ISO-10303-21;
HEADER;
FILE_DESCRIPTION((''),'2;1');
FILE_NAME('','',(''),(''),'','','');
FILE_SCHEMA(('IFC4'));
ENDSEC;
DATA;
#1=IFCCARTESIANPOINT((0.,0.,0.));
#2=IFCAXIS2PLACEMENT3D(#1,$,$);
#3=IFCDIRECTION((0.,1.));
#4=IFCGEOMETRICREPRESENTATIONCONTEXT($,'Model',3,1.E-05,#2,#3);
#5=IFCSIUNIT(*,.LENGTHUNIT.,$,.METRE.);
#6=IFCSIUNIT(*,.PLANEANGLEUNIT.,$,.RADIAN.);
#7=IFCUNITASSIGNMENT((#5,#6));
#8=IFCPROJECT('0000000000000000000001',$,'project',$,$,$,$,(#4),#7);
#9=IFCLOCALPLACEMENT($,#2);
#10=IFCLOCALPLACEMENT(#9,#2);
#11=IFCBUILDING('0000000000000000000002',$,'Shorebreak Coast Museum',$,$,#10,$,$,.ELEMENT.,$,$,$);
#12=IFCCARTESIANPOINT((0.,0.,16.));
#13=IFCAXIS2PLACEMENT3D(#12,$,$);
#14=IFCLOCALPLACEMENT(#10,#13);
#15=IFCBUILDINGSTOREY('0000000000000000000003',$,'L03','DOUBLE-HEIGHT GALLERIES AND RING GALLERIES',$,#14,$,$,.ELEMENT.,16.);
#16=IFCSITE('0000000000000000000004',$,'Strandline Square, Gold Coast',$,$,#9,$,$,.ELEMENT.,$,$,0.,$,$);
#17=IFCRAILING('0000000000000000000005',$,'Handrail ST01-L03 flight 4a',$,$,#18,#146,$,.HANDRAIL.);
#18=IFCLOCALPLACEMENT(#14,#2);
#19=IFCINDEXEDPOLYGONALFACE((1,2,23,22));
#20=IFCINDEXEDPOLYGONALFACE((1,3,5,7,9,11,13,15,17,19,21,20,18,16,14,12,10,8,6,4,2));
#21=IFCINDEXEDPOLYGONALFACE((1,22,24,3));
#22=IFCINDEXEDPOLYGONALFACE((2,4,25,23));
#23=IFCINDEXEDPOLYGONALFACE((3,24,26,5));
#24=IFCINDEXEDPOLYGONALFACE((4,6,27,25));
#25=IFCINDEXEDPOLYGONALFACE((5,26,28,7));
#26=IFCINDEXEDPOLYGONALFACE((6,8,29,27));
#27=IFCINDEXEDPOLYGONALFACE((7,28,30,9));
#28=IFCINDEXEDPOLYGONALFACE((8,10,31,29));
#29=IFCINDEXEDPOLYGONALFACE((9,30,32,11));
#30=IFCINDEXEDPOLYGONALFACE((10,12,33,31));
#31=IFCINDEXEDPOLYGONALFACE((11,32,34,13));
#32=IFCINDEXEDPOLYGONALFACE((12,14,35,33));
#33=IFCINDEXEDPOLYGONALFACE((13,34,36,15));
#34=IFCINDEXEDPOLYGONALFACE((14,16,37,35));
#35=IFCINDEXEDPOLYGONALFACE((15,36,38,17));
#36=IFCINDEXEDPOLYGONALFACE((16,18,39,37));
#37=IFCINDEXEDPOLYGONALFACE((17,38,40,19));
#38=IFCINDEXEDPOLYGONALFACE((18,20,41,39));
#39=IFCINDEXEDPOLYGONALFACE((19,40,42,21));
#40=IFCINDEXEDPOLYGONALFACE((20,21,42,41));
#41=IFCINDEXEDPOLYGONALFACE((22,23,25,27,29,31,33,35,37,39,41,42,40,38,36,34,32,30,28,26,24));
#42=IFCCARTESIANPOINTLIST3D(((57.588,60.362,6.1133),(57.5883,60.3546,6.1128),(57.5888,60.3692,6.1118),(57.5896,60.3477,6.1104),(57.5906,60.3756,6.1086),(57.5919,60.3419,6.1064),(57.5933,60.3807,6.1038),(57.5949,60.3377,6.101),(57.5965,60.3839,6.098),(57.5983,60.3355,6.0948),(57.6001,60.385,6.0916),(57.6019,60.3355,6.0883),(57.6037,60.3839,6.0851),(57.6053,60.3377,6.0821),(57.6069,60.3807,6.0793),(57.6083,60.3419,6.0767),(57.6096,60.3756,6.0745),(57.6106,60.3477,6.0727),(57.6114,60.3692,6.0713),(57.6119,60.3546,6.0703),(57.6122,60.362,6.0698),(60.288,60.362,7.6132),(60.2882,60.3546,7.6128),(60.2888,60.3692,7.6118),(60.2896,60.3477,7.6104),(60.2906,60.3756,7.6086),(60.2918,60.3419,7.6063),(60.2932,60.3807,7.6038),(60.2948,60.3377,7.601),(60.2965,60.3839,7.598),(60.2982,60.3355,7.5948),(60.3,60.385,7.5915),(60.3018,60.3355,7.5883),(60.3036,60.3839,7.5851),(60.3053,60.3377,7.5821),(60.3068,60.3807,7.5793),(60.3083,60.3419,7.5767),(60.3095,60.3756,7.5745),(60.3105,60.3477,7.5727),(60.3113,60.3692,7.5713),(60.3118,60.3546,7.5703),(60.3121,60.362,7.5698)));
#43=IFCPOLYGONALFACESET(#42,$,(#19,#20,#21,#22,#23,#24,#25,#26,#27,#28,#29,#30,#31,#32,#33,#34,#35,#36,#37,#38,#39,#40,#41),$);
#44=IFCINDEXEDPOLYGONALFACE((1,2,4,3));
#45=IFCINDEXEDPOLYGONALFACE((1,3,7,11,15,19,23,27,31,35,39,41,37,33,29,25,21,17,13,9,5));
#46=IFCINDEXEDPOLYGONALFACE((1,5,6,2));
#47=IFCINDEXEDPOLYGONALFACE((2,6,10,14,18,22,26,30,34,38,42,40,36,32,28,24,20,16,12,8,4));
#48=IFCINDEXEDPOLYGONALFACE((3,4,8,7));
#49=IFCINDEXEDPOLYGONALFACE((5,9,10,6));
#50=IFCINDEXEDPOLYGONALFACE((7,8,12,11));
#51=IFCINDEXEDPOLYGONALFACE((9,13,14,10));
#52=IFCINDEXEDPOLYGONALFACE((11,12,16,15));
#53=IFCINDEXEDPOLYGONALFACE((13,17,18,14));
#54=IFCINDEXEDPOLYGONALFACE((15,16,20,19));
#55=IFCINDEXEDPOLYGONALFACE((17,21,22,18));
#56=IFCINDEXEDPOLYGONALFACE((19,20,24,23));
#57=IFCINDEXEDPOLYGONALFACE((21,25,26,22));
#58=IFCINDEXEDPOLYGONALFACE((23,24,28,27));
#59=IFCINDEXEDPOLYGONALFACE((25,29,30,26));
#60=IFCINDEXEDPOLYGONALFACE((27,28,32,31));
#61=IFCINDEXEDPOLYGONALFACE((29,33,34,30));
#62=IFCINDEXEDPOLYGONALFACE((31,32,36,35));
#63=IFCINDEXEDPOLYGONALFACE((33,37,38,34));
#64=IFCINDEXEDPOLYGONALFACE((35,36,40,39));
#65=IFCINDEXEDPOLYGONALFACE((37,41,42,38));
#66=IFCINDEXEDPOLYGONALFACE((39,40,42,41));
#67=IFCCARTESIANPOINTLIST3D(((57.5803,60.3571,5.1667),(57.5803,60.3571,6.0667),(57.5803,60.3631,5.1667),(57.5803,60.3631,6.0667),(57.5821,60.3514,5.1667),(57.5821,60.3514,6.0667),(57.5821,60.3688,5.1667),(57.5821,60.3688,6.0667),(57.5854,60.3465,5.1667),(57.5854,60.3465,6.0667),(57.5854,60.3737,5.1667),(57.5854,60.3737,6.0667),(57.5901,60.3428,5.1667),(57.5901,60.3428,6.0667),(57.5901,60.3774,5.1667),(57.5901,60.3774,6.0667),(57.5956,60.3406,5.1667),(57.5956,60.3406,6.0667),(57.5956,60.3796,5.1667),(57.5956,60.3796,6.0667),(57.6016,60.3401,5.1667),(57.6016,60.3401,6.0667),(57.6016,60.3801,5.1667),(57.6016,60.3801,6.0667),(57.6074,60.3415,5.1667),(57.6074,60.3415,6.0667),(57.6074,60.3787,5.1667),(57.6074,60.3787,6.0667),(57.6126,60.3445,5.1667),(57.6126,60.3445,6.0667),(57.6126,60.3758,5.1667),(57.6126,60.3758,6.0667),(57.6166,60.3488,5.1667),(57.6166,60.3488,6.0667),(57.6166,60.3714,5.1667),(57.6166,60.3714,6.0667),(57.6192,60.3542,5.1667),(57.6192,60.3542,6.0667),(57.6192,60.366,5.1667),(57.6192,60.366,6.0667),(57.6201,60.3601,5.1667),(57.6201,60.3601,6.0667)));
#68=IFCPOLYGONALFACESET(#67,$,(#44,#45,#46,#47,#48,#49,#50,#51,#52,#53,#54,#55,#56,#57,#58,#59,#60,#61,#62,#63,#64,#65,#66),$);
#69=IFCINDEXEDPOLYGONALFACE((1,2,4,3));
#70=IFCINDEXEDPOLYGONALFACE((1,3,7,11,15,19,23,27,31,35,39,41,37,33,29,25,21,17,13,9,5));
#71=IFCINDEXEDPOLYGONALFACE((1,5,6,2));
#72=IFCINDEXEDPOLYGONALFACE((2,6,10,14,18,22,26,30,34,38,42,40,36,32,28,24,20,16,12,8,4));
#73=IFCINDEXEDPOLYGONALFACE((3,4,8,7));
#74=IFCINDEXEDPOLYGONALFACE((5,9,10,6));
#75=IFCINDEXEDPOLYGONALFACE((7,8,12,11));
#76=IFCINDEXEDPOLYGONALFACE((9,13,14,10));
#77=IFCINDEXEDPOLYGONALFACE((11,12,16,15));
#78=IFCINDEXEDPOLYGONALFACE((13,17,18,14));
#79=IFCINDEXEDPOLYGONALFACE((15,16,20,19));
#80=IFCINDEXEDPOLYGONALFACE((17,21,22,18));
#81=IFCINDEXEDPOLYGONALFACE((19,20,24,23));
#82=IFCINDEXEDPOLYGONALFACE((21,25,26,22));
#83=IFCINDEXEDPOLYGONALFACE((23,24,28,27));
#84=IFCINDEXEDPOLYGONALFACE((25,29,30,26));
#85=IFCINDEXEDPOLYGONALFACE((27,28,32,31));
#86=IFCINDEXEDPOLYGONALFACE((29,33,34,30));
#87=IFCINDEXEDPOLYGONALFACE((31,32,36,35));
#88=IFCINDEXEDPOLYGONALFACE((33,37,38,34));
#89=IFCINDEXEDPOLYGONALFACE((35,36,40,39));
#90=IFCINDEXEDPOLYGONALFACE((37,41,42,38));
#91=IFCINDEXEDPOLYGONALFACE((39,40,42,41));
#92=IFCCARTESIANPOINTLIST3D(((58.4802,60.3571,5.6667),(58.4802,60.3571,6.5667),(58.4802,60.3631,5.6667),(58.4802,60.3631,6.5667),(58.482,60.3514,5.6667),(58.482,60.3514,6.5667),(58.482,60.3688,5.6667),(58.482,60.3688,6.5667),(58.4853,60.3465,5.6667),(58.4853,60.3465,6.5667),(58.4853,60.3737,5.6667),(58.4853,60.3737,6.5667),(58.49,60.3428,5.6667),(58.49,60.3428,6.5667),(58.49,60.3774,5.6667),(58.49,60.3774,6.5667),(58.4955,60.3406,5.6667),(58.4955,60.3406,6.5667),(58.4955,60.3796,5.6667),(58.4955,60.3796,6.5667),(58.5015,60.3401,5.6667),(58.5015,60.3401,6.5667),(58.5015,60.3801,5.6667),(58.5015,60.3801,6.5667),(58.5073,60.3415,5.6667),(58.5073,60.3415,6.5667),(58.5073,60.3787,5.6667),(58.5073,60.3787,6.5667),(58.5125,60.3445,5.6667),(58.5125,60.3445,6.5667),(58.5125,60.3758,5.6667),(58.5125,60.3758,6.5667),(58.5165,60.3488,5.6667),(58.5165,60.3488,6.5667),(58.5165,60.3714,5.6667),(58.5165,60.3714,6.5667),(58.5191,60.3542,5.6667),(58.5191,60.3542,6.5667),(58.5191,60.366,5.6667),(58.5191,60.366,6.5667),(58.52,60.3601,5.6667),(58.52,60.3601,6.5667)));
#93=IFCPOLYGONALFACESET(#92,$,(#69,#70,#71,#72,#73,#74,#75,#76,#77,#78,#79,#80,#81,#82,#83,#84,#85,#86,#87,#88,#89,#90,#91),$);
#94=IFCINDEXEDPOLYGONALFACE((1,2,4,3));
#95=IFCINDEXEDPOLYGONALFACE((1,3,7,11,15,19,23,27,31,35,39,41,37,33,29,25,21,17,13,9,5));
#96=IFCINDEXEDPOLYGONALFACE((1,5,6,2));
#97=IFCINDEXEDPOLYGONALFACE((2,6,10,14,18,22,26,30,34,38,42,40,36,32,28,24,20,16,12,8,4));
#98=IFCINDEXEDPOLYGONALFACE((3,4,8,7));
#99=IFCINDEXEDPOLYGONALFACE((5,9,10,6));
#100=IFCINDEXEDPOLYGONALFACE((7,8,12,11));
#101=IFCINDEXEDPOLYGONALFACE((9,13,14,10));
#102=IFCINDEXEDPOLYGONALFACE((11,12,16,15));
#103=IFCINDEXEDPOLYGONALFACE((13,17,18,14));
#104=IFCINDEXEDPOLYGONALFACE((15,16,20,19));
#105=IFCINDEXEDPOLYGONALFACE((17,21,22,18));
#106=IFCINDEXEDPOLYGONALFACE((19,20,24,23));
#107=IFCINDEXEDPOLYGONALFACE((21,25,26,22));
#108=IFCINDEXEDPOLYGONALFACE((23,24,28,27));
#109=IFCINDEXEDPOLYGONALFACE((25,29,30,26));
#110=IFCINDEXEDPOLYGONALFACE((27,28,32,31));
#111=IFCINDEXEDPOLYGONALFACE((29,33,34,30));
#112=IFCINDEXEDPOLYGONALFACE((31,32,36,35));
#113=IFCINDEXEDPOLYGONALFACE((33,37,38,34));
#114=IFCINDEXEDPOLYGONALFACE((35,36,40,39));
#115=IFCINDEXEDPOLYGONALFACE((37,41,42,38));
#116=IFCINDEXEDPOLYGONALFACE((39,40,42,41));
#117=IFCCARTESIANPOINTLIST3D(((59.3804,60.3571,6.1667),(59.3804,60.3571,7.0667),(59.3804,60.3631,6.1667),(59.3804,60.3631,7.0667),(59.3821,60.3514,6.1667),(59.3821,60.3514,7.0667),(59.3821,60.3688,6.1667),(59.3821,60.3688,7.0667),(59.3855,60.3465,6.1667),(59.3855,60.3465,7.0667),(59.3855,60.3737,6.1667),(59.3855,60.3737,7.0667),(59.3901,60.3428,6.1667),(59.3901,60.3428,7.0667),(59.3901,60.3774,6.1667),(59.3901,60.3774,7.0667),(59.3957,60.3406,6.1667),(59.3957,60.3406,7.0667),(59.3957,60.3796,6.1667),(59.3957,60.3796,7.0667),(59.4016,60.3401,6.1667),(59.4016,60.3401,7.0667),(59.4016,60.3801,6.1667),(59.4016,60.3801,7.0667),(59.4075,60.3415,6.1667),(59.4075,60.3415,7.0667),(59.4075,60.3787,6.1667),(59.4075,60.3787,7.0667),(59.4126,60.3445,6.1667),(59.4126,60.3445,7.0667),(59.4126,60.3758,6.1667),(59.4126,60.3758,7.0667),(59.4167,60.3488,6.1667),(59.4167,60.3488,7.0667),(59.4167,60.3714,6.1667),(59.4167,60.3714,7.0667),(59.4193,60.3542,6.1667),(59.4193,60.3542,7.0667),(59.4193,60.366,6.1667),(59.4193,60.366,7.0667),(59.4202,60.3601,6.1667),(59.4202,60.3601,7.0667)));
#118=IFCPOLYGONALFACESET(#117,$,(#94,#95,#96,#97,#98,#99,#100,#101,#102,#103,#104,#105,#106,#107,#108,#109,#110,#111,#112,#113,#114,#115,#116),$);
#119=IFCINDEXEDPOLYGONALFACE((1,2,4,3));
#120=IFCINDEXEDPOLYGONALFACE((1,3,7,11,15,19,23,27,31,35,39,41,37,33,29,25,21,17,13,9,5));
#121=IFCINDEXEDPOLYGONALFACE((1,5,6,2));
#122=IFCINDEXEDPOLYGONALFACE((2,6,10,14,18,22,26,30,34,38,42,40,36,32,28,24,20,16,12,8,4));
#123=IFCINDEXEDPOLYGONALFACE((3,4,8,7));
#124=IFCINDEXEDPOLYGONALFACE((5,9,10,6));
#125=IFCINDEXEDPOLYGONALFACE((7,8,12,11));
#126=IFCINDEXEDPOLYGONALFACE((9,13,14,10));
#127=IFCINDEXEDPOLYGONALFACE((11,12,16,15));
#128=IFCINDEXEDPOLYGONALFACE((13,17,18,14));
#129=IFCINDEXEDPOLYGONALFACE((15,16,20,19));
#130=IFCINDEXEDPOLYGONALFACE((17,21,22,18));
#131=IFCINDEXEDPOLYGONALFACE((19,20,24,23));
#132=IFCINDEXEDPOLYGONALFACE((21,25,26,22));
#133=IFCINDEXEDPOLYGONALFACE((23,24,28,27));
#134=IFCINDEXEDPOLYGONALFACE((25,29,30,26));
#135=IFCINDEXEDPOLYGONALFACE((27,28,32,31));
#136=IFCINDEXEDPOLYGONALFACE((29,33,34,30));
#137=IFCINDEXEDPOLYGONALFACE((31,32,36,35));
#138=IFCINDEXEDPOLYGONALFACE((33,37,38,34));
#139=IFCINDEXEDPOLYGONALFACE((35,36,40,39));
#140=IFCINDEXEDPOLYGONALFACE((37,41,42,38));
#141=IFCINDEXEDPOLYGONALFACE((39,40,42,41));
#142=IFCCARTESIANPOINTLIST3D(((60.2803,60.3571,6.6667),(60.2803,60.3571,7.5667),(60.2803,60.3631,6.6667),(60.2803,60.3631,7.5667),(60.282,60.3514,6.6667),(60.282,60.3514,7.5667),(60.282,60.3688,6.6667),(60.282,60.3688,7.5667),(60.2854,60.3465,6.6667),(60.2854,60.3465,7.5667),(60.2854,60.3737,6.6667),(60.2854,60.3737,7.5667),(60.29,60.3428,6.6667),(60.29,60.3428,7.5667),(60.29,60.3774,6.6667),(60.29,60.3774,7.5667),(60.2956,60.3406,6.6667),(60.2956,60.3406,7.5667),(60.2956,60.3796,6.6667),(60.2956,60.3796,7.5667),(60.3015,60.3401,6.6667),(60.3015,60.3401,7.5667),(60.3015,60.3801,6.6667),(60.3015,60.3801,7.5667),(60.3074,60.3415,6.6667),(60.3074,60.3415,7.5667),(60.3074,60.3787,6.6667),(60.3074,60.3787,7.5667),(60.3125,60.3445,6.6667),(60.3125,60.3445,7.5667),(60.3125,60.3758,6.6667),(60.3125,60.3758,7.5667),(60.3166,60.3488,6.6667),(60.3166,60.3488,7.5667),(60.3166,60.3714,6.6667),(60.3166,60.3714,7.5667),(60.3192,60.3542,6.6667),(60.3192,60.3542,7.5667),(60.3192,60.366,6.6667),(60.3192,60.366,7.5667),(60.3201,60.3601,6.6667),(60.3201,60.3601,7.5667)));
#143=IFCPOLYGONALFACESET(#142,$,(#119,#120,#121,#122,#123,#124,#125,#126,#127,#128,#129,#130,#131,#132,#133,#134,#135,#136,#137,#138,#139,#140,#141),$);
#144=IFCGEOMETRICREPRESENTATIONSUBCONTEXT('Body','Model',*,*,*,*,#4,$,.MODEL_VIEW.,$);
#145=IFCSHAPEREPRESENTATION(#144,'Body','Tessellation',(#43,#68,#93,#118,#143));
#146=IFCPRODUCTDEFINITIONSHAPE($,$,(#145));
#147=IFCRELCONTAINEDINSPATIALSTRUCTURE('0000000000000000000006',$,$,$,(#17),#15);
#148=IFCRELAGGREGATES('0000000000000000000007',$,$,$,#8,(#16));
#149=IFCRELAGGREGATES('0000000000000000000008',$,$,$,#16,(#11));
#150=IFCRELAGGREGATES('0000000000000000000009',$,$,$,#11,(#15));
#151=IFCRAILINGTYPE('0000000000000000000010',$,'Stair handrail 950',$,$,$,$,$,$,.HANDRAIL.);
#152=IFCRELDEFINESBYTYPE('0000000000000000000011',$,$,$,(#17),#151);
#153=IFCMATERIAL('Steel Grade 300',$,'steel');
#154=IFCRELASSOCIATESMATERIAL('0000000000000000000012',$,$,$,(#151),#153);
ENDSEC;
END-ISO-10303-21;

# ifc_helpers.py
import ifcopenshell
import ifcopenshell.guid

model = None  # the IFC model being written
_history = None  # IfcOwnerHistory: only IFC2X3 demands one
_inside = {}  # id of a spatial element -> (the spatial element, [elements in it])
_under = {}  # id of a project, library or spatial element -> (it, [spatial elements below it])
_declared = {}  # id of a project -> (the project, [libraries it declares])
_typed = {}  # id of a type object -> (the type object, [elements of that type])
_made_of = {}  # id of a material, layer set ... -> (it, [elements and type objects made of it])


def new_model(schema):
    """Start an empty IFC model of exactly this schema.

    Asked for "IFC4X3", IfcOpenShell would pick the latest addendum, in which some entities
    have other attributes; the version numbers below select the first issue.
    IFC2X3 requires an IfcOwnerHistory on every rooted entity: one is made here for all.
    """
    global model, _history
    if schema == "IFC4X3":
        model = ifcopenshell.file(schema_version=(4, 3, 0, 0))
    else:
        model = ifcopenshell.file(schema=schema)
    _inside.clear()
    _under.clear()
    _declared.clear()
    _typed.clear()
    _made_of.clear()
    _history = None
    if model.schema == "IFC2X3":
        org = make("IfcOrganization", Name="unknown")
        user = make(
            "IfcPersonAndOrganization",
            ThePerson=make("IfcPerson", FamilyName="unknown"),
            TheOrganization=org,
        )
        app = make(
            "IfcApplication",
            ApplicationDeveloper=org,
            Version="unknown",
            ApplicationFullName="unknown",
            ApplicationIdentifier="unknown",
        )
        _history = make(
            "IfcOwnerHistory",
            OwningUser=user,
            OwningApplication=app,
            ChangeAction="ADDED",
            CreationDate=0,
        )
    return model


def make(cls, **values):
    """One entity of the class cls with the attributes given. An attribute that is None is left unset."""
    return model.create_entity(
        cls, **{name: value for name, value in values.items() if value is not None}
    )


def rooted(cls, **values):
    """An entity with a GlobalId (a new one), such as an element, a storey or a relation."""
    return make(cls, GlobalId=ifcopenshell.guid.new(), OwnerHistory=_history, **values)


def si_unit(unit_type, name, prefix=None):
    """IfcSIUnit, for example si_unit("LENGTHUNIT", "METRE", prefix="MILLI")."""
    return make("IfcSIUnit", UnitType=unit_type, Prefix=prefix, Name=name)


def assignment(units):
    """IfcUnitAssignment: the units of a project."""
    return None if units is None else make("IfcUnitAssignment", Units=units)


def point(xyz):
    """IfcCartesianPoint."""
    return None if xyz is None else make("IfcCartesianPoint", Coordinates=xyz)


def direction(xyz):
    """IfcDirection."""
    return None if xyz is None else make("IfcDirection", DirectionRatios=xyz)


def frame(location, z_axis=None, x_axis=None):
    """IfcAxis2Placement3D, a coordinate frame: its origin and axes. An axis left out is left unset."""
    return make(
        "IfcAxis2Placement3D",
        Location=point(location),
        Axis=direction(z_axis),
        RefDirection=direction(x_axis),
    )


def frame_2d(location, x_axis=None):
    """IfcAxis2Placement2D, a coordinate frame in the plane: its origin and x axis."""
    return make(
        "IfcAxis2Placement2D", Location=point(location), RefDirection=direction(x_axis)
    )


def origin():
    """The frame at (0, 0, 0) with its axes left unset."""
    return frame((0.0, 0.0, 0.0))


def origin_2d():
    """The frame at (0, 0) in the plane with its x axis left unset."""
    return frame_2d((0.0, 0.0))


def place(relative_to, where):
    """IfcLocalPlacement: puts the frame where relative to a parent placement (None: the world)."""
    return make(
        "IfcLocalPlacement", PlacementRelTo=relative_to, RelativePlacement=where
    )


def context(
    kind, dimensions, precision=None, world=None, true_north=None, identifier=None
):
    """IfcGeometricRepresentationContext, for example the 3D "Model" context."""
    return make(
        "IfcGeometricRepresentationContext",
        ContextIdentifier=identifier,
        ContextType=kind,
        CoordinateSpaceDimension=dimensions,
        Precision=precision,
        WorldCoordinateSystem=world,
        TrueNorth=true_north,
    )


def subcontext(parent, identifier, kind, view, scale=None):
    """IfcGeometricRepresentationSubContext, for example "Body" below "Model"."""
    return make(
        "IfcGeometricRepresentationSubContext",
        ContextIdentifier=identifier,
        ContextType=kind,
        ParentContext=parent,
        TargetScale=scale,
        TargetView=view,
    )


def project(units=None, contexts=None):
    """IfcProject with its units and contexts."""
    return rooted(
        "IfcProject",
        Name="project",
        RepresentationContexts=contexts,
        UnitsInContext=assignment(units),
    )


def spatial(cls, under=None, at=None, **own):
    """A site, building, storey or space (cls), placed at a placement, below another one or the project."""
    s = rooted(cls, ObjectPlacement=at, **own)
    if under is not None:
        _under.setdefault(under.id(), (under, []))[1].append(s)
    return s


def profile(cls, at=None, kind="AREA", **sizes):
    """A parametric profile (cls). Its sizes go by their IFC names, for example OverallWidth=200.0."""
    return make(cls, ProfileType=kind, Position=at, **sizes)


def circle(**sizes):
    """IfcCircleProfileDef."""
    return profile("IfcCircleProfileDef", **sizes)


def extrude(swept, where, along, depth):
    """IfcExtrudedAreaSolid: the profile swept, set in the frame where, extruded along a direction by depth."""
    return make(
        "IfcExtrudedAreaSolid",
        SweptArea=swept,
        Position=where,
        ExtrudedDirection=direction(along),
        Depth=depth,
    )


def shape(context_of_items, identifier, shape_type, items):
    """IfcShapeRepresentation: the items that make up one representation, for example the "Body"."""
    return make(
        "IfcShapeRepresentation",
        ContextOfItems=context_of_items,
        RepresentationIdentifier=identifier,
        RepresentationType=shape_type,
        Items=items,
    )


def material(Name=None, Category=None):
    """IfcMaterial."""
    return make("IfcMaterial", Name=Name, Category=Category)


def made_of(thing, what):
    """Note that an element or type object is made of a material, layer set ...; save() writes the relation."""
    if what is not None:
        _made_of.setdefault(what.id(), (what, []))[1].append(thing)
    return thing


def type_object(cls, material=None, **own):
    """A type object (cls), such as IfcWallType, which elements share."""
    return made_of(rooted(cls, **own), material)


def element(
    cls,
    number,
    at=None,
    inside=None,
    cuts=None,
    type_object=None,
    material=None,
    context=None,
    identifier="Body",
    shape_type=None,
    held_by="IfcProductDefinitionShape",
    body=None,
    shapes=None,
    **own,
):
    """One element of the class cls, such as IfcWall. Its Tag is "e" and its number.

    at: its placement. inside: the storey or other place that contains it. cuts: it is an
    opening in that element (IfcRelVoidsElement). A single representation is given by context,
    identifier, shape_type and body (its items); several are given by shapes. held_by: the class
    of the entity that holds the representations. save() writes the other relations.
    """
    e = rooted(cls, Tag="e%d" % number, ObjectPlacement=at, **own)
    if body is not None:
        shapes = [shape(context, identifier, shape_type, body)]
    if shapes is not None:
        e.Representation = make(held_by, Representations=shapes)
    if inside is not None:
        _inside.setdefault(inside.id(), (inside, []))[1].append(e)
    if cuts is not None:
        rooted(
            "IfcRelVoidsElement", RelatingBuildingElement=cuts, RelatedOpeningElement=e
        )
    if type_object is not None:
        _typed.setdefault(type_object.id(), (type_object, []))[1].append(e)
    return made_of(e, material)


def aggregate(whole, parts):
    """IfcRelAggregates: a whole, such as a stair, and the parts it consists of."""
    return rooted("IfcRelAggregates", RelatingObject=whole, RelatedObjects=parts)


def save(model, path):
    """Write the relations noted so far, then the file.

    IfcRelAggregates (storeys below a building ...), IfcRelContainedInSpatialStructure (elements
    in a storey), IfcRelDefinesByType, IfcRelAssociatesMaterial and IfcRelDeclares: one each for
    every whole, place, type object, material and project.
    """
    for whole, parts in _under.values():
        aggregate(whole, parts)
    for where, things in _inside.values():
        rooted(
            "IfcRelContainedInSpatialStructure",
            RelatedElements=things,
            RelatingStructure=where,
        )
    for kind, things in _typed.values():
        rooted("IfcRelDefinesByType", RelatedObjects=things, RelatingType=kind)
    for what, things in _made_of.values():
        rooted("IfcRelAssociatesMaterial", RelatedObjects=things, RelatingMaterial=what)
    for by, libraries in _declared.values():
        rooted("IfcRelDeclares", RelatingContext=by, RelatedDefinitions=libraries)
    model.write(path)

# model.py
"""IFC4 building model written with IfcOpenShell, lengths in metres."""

from ifc_helpers import new_model, si_unit, direction, frame, origin, origin_2d, place, context, subcontext, project, spatial, circle, extrude, material, type_object, element, save


model = new_model("IFC4")

# Units and contexts
model_context = context("Model", 3, precision=1e-05, world=origin(), true_north=direction((0.0, 1.0)))
body_context = subcontext(model_context, "Body", "Model", "MODEL_VIEW")
ifc_project = project(units=[si_unit("LENGTHUNIT", "METRE"), si_unit("PLANEANGLEUNIT", "RADIAN")], contexts=[model_context])

# Site, building, storey
site_placement = place(None, origin())
site = spatial("IfcSite", under=ifc_project, at=site_placement, Name="Strandline Square, Gold Coast", CompositionType="ELEMENT", RefElevation=0.0)
building_placement = place(site_placement, origin())
building = spatial("IfcBuilding", under=site, at=building_placement, Name="Shorebreak Coast Museum", CompositionType="ELEMENT")
storey_placement = place(building_placement, frame((0.0, 0.0, 16.0)))
storey = spatial("IfcBuildingStorey", under=building, at=storey_placement, Name="L03", Description="DOUBLE-HEIGHT GALLERIES AND RING GALLERIES", CompositionType="ELEMENT", Elevation=16.0)

# Railing
ifc_material_1 = material(Name="Steel Grade 300", Category="steel")
railing_type_1 = type_object("IfcRailingType", Name="Stair handrail 950", PredefinedType="HANDRAIL", material=ifc_material_1)
for number, where, name in (
    (1, (57.6001, 60.3601, 5.1667), "Handrail ST01-L03 flight 4a"),
):
    element("IfcRailing", number, at=place(storey_placement, frame(where)), inside=storey, type_object=railing_type_1, Name=name, PredefinedType="HANDRAIL", context=body_context, shape_type="SweptSolid", body=[
        extrude(circle(Radius=0.0249, at=origin_2d()), frame((0.0, 0.0, 0.9248), z_axis=(0.874154, 0.0, 0.48565), x_axis=(0.0, 1.0, 0.0)), (0.0, 0.0, 1.0), 3.0886),
        extrude(circle(Radius=0.02, at=origin_2d()), origin(), (0.0, 0.0, 1.0), 0.8999),
        extrude(circle(Radius=0.02, at=origin_2d()), frame((0.8999, 0.0, 0.5)), (0.0, 0.0, 1.0), 0.8999),
        extrude(circle(Radius=0.02, at=origin_2d()), frame((1.8, 0.0, 1.0)), (0.0, 0.0, 1.0), 0.8999),
        extrude(circle(Radius=0.02, at=origin_2d()), frame((2.7, 0.0, 1.5)), (0.0, 0.0, 1.0), 0.8999),
    ])

save(model, "model.ifc")
